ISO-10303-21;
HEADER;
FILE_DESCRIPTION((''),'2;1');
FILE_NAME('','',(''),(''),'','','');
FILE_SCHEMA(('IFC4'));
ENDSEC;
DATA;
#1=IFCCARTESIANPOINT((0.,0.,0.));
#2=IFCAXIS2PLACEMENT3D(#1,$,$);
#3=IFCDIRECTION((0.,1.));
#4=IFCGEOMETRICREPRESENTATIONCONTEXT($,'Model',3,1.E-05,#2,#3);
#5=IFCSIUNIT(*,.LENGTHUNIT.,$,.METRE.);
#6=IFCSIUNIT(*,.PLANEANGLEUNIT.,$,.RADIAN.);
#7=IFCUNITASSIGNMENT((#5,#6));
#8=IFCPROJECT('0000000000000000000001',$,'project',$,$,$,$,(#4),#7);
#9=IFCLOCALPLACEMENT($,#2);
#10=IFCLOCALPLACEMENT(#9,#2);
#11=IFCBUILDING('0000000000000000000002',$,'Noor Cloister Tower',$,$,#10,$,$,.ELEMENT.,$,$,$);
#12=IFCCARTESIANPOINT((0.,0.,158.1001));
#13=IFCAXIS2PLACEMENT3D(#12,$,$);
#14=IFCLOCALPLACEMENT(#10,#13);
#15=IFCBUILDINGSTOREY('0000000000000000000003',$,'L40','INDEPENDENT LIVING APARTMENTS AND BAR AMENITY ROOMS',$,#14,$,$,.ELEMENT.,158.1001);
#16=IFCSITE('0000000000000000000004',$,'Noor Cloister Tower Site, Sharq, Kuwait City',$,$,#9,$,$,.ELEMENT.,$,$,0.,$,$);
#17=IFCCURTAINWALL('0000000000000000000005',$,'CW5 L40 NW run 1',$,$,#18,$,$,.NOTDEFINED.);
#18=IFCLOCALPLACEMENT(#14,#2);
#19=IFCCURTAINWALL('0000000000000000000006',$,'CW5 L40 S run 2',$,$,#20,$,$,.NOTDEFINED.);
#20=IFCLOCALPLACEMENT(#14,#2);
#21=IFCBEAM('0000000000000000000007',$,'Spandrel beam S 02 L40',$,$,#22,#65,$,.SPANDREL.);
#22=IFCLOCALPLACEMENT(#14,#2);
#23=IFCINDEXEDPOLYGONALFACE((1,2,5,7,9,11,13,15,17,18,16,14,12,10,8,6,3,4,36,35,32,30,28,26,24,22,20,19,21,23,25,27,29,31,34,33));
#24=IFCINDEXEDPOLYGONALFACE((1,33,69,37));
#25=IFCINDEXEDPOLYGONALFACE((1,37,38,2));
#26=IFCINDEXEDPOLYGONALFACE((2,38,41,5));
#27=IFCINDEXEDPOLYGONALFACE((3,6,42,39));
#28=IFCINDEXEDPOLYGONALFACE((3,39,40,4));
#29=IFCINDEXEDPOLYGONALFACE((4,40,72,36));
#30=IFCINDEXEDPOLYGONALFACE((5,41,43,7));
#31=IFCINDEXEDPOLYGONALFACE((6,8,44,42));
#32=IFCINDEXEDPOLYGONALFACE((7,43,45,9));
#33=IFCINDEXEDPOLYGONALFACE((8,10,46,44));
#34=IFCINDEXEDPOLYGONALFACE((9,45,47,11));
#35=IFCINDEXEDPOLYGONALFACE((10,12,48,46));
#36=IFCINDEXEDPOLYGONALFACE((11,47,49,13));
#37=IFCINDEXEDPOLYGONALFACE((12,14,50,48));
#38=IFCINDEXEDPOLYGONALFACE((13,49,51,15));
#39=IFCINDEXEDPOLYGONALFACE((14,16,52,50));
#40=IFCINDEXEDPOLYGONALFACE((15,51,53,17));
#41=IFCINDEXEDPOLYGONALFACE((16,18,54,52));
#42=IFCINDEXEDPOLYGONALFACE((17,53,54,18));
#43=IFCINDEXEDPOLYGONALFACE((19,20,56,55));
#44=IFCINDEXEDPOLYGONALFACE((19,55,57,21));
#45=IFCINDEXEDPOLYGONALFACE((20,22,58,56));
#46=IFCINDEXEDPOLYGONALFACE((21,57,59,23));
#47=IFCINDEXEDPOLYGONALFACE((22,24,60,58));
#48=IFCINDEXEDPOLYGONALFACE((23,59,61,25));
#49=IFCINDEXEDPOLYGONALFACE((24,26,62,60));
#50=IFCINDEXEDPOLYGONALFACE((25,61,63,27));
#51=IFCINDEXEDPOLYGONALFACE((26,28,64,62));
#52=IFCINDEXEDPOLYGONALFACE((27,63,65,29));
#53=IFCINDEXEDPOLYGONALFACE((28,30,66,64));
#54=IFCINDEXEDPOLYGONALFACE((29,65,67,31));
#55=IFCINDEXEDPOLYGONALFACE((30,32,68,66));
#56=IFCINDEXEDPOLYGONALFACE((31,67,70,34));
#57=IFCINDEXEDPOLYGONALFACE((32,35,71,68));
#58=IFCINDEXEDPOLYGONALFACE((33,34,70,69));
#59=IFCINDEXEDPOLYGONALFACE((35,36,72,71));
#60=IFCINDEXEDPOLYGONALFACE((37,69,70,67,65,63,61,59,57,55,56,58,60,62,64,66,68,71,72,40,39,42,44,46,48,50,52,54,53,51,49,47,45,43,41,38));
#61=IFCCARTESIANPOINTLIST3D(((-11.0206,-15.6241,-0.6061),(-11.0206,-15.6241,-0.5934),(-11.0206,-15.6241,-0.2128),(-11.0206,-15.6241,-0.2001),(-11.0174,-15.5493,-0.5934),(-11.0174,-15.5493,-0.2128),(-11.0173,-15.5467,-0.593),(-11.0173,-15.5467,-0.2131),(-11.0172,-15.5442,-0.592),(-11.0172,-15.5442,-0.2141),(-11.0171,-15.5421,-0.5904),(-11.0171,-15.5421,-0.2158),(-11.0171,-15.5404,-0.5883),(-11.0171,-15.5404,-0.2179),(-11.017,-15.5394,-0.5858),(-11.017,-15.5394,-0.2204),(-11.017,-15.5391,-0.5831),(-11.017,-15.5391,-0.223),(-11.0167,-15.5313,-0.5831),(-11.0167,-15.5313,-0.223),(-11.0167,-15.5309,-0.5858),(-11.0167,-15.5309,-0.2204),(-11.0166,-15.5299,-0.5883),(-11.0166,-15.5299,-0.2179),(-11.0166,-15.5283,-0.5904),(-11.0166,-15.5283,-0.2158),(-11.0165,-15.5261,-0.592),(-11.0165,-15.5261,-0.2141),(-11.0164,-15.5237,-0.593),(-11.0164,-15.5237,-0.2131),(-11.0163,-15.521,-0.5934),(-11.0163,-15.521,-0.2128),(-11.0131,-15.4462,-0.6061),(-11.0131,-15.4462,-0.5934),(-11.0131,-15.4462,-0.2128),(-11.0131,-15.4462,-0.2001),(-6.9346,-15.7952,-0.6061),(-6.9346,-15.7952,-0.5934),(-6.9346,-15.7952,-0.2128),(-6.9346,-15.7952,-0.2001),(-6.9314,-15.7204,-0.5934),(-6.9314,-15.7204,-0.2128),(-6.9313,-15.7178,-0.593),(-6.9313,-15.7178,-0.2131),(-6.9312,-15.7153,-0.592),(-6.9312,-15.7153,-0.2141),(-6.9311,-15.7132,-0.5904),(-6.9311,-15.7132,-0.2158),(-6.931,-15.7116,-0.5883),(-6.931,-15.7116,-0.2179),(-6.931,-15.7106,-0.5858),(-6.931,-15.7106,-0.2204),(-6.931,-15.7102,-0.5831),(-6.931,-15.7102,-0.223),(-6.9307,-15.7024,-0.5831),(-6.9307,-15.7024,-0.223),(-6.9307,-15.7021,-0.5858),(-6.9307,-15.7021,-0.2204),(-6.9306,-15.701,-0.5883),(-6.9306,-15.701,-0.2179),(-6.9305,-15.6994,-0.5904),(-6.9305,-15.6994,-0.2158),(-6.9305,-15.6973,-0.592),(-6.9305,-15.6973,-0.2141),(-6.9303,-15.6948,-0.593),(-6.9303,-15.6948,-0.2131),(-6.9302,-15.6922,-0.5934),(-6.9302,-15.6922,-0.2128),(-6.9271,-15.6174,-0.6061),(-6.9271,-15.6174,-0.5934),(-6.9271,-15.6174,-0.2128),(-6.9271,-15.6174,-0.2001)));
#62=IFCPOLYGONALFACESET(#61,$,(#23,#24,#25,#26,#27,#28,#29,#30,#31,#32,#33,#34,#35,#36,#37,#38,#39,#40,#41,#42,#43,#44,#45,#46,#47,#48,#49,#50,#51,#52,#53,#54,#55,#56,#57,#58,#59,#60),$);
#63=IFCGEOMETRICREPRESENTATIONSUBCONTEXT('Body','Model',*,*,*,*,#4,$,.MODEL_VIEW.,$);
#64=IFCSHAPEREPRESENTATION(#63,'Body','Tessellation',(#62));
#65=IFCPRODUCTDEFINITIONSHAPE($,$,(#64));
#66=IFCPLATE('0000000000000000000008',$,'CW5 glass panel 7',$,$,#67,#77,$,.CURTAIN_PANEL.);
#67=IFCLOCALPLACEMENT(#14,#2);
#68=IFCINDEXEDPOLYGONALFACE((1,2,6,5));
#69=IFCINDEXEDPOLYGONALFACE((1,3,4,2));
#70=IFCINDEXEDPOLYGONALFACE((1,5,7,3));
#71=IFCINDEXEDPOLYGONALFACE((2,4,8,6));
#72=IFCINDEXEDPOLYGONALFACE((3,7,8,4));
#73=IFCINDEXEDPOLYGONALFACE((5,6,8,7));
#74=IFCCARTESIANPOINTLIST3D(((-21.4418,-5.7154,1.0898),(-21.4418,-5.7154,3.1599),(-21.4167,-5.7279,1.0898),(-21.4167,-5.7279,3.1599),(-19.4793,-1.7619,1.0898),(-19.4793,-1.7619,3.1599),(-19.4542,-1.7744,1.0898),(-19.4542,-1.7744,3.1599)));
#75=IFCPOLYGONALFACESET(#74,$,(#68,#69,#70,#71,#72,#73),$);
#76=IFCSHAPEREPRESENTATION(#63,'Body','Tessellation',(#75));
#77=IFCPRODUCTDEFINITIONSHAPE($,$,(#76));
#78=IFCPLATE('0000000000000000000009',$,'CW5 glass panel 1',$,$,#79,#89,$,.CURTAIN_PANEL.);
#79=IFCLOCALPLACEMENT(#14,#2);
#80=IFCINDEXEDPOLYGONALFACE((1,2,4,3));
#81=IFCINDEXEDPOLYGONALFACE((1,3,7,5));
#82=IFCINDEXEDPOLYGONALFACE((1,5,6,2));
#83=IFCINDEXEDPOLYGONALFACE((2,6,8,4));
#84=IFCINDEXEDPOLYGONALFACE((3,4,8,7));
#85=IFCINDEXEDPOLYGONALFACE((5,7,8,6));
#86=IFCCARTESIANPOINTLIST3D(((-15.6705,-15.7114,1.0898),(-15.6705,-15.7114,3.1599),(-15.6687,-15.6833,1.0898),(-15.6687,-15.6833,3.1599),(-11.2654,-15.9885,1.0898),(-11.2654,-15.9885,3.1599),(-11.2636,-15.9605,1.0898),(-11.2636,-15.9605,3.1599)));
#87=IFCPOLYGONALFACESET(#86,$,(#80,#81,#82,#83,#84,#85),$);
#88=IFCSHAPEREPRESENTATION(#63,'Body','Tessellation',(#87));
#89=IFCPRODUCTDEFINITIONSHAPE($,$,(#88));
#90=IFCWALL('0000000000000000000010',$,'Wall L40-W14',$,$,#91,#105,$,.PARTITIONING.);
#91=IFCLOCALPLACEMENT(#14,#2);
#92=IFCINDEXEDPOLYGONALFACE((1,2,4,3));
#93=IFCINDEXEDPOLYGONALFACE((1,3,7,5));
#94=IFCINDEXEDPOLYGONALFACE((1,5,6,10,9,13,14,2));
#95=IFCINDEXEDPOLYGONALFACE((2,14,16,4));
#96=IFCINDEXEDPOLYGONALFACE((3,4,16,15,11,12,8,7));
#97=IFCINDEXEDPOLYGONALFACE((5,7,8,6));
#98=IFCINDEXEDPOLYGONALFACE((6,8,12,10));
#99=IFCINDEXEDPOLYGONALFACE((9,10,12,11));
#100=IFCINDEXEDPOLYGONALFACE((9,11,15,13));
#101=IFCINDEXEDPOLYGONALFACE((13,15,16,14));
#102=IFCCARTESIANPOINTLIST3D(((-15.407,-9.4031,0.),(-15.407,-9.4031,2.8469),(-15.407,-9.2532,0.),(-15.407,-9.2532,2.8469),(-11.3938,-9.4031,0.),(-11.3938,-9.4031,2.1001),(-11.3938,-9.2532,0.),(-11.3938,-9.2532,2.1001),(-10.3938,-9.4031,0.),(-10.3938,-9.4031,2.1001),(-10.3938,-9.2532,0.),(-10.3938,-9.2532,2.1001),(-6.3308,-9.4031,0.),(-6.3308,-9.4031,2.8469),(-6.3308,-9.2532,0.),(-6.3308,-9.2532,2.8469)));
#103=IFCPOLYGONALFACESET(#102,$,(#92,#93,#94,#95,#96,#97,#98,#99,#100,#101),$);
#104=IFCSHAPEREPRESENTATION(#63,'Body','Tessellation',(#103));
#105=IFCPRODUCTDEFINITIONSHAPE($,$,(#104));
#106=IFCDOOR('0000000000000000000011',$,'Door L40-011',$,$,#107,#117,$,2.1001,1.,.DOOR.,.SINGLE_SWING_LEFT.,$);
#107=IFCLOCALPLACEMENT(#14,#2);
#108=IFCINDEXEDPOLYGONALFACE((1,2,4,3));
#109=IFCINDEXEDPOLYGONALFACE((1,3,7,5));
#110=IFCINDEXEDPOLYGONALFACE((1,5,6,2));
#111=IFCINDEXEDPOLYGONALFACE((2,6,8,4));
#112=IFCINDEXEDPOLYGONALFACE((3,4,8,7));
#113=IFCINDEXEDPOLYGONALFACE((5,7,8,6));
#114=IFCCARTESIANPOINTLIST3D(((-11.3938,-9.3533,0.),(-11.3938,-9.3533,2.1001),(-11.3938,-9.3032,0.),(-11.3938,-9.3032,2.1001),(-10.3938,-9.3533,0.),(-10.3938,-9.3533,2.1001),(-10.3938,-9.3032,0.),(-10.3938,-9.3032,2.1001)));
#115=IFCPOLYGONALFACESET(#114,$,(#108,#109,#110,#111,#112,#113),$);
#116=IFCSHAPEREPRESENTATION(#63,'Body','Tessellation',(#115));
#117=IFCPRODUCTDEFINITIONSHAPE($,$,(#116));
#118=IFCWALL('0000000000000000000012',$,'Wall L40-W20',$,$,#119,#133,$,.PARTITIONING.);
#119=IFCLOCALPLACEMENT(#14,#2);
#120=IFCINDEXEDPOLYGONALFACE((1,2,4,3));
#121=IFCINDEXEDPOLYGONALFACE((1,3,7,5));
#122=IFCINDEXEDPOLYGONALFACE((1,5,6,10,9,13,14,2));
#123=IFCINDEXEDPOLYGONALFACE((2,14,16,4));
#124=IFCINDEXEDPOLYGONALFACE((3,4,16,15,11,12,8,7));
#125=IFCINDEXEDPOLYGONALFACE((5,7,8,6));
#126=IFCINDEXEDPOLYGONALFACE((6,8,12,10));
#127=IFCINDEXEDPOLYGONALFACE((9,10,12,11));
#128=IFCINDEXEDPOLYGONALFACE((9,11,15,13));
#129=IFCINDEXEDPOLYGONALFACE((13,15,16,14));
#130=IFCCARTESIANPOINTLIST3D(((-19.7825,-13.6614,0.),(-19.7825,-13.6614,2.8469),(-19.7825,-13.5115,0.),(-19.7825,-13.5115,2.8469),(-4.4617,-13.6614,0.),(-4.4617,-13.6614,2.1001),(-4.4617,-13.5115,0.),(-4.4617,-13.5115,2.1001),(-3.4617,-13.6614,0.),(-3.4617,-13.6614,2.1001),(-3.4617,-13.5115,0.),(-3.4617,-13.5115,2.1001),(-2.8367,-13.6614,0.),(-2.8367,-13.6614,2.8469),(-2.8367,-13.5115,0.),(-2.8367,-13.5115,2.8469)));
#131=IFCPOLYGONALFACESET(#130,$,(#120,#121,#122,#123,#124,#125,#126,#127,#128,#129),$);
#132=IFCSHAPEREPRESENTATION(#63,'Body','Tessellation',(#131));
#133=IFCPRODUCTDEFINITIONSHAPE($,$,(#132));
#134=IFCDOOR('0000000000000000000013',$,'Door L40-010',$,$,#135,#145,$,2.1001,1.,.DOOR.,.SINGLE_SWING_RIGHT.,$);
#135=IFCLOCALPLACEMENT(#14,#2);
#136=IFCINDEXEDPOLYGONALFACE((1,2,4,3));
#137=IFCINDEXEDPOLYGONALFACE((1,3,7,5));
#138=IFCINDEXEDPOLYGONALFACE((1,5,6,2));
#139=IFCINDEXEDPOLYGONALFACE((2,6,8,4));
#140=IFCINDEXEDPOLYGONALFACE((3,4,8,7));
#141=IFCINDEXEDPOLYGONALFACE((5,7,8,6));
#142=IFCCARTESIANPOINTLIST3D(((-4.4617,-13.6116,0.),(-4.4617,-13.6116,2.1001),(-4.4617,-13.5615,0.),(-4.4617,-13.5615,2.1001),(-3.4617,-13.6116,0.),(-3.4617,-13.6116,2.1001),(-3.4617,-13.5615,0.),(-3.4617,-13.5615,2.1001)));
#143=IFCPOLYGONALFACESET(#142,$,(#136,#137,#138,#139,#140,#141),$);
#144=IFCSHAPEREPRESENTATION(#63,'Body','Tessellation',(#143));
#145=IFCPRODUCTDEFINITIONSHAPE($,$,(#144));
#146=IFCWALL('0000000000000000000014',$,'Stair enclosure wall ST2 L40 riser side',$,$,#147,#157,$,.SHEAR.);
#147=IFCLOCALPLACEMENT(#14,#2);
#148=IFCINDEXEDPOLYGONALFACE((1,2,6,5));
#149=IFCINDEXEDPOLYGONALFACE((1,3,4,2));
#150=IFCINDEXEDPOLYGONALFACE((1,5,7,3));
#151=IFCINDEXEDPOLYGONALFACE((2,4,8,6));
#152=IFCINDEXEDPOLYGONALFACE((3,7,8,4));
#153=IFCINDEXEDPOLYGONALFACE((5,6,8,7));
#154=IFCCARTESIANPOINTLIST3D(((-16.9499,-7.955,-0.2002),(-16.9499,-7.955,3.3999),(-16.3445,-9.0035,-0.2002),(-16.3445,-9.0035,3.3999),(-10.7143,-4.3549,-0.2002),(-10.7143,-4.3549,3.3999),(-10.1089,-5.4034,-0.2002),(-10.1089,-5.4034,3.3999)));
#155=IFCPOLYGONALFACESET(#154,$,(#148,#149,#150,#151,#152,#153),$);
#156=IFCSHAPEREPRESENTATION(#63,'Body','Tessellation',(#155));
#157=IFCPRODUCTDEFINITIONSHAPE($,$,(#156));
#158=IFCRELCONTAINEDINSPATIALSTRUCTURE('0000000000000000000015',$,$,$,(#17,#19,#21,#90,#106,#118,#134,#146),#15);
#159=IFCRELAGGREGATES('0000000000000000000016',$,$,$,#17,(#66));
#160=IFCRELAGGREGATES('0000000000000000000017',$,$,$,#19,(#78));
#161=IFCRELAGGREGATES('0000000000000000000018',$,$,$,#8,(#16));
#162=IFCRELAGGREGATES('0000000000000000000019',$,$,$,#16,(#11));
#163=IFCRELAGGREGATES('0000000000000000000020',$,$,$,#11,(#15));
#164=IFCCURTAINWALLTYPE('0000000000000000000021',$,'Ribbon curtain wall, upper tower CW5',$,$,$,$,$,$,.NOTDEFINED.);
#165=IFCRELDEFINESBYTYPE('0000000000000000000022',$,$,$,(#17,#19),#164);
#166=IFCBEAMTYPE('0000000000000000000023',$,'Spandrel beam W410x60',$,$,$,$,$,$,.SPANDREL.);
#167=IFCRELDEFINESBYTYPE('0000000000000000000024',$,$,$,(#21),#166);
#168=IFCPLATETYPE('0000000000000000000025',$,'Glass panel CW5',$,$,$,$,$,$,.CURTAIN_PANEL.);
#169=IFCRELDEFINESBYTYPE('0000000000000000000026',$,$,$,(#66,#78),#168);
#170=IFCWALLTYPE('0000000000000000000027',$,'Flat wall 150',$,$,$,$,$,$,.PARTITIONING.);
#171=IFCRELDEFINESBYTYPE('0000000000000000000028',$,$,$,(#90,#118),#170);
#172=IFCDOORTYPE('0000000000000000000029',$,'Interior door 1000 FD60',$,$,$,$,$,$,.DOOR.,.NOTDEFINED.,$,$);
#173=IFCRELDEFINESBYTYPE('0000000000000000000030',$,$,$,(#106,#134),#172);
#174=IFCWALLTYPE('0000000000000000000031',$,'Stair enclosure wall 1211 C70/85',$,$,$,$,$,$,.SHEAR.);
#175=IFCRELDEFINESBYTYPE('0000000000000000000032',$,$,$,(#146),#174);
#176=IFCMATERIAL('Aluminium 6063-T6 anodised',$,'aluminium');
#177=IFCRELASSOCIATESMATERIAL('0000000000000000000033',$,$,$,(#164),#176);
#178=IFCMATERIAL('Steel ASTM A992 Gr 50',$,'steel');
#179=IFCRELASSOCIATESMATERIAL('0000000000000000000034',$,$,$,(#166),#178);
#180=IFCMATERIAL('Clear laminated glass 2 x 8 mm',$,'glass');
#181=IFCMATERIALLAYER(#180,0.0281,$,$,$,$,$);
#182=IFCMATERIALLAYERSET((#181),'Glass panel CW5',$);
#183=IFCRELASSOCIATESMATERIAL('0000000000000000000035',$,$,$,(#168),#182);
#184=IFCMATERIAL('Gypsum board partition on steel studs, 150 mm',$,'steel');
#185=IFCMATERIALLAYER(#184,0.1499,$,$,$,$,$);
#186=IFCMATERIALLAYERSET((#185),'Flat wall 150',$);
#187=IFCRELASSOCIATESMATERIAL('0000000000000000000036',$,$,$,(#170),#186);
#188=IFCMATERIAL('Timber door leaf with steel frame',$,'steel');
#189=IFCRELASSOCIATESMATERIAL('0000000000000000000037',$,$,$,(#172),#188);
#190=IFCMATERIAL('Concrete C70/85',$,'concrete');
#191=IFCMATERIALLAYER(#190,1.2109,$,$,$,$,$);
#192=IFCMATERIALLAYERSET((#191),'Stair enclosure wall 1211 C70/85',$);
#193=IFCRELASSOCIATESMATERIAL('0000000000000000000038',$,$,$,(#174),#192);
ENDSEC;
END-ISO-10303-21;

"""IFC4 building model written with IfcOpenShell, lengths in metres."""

from ifc_helpers import new_model, si_unit, direction, frame, frame_2d, origin, origin_2d, place, context, subcontext, project, spatial, rectangle, i_section, extrude, material, layer, layer_set, material_profile, profile_set, type_object, element, fill, aggregate, save


model = new_model("IFC4")

# Units and contexts
model_context = context("Model", 3, precision=1e-05, world=origin(), true_north=direction((0.0, 1.0)))
body_context = subcontext(model_context, "Body", "Model", "MODEL_VIEW")
ifc_project = project(units=[si_unit("LENGTHUNIT", "METRE"), si_unit("PLANEANGLEUNIT", "RADIAN")], contexts=[model_context])

# Site, building, storey
site_placement = place(None, origin())
site = spatial("IfcSite", under=ifc_project, at=site_placement, Name="Noor Cloister Tower Site, Sharq, Kuwait City", CompositionType="ELEMENT", RefElevation=0.0)
building_placement = place(site_placement, origin())
building = spatial("IfcBuilding", under=site, at=building_placement, Name="Noor Cloister Tower", CompositionType="ELEMENT")
storey_placement = place(building_placement, frame((0.0, 0.0, 158.1001)))
storey = spatial("IfcBuildingStorey", under=building, at=storey_placement, Name="L40", Description="INDEPENDENT LIVING APARTMENTS AND BAR AMENITY ROOMS", CompositionType="ELEMENT", Elevation=158.1001)

# Curtain walls
ifc_material_1 = material(Name="Aluminium 6063-T6 anodised", Category="aluminium")
curtain_wall_type = type_object("IfcCurtainWallType", Name="Ribbon curtain wall, upper tower CW5", PredefinedType="NOTDEFINED", material=ifc_material_1)
curtain_wall_1_placement = place(storey_placement, origin())
curtain_wall_1 = element("IfcCurtainWall", 1, at=curtain_wall_1_placement, inside=storey, type_object=curtain_wall_type, Name="CW5 L40 NW run 1", PredefinedType="NOTDEFINED")
curtain_wall_2_placement = place(storey_placement, origin())
curtain_wall_2 = element("IfcCurtainWall", 2, at=curtain_wall_2_placement, inside=storey, type_object=curtain_wall_type, Name="CW5 L40 S run 2", PredefinedType="NOTDEFINED")

# Beam
ifc_material_2 = material(Name="Steel ASTM A992 Gr 50", Category="steel")
ifc_material_profile_1 = material_profile(ifc_material_2, i_section(OverallWidth=0.178, OverallDepth=0.406, WebThickness=0.0078, FlangeThickness=0.0127, FilletRadius=0.0103, at=origin_2d()), Name="W410x60")
ifc_profile_set_1 = profile_set([ifc_material_profile_1], Name="Steel ASTM A992 Gr 50")
beam_type_1 = type_object("IfcBeamType", Name="Spandrel beam W410x60", PredefinedType="SPANDREL", material=ifc_profile_set_1)
beam_1_placement = place(storey_placement, frame((-11.0168, -15.5352, -0.4031), z_axis=(0.999124, -0.041849, 0.0), x_axis=(0.041849, 0.999124, 0.0)))
element("IfcBeam", 3, at=beam_1_placement, inside=storey, type_object=beam_type_1, Name="Spandrel beam S 02 L40", PredefinedType="SPANDREL", context=body_context, shape_type="SweptSolid", body=[
    extrude(i_section(OverallWidth=0.178, OverallDepth=0.406, WebThickness=0.0078, FlangeThickness=0.0127, FilletRadius=0.0103, at=origin_2d()), origin(), (0.0, 0.0, 1.0), 4.0896),
])

# Plates
ifc_material_3 = material(Name="Clear laminated glass 2 x 8 mm", Category="glass")
ifc_layer_1 = layer(ifc_material_3, 0.0281)
ifc_layer_set_1 = layer_set([ifc_layer_1], Name="Glass panel CW5")
plate_type = type_object("IfcPlateType", Name="Glass panel CW5", PredefinedType="CURTAIN_PANEL", material=ifc_layer_set_1)
plate_1_placement = place(storey_placement, frame((-20.448, -3.7449, 1.0898), z_axis=(0.0, 0.0, 1.0), x_axis=(-0.444629, -0.895715, 0.0)))
plate_1 = element("IfcPlate", 4, at=plate_1_placement, type_object=plate_type, Name="CW5 glass panel 7", PredefinedType="CURTAIN_PANEL", context=body_context, shape_type="SweptSolid", body=[
    extrude(rectangle(XDim=4.4138, YDim=0.0281, at=origin_2d()), origin(), (0.0, 0.0, 1.0), 2.0701),
])
aggregate(curtain_wall_1, [plate_1])
plate_2_placement = place(storey_placement, frame((-13.467, -15.8359, 1.0898), z_axis=(0.0, 0.0, 1.0), x_axis=(0.998026, -0.062798, 0.0)))
plate_2 = element("IfcPlate", 5, at=plate_2_placement, type_object=plate_type, Name="CW5 glass panel 1", PredefinedType="CURTAIN_PANEL", context=body_context, shape_type="SweptSolid", body=[
    extrude(rectangle(XDim=4.4138, YDim=0.0281, at=origin_2d()), origin(), (0.0, 0.0, 1.0), 2.0701),
])
aggregate(curtain_wall_2, [plate_2])

# Walls, openings, doors
ifc_material_4 = material(Name="Gypsum board partition on steel studs, 150 mm", Category="steel")
ifc_layer_2 = layer(ifc_material_4, 0.1499)
ifc_layer_set_2 = layer_set([ifc_layer_2], Name="Flat wall 150")
wall_type_1 = type_object("IfcWallType", Name="Flat wall 150", PredefinedType="PARTITIONING", material=ifc_layer_set_2)
wall_1_placement = place(storey_placement, frame((-15.407, -9.3281, 0.0), z_axis=(0.0, 0.0, 1.0), x_axis=(1.0, 0.0, 0.0)))
wall_1 = element("IfcWall", 6, at=wall_1_placement, inside=storey, type_object=wall_type_1, Name="Wall L40-W14", PredefinedType="PARTITIONING", context=body_context, shape_type="SweptSolid", body=[
    extrude(rectangle(XDim=9.0762, YDim=0.1499, at=frame_2d((4.5381, 0.0))), origin(), (0.0, 0.0, 1.0), 2.8469),
])
opening_1_placement = place(wall_1_placement, frame((4.0132, 0.0, 0.0)))
opening_1 = element("IfcOpeningElement", 7, at=opening_1_placement, cuts=wall_1, PredefinedType="OPENING", context=body_context, shape_type="SweptSolid", body=[
    extrude(rectangle(XDim=1.0, YDim=2.1001, at=frame_2d((0.5, 1.05))), frame((0.0, 0.085, 0.0), z_axis=(0.0, -1.0, 0.0), x_axis=(1.0, 0.0, 0.0)), (0.0, 0.0, 1.0), 0.1699),
])
ifc_material_5 = material(Name="Timber door leaf with steel frame", Category="steel")
door_type_1 = type_object("IfcDoorType", Name="Interior door 1000 FD60", OperationType="NOTDEFINED", PredefinedType="DOOR", material=ifc_material_5)
door_1_placement = place(opening_1_placement, origin())
door_1 = element("IfcDoor", 8, at=door_1_placement, inside=storey, type_object=door_type_1, Name="Door L40-011", OperationType="SINGLE_SWING_LEFT", OverallHeight=2.1001, OverallWidth=1.0, PredefinedType="DOOR", context=body_context, shape_type="SweptSolid", body=[
    extrude(rectangle(XDim=1.0, YDim=2.1001, at=frame_2d((0.5, 1.05))), frame((0.0, 0.0249, 0.0), z_axis=(0.0, -1.0, 0.0), x_axis=(1.0, 0.0, 0.0)), (0.0, 0.0, 1.0), 0.05),
])
fill(opening_1, door_1)
wall_2_placement = place(storey_placement, frame((-19.7825, -13.5864, 0.0), z_axis=(0.0, 0.0, 1.0), x_axis=(1.0, 0.0, 0.0)))
wall_2 = element("IfcWall", 9, at=wall_2_placement, inside=storey, type_object=wall_type_1, Name="Wall L40-W20", PredefinedType="PARTITIONING", context=body_context, shape_type="SweptSolid", body=[
    extrude(rectangle(XDim=16.9458, YDim=0.1499, at=frame_2d((8.4729, 0.0))), origin(), (0.0, 0.0, 1.0), 2.8469),
])
opening_2_placement = place(wall_2_placement, frame((15.3208, 0.0, 0.0)))
opening_2 = element("IfcOpeningElement", 10, at=opening_2_placement, cuts=wall_2, PredefinedType="OPENING", context=body_context, shape_type="SweptSolid", body=[
    extrude(rectangle(XDim=1.0, YDim=2.1001, at=frame_2d((0.5, 1.05))), frame((0.0, 0.085, 0.0), z_axis=(0.0, -1.0, 0.0), x_axis=(1.0, 0.0, 0.0)), (0.0, 0.0, 1.0), 0.1699),
])
door_2_placement = place(opening_2_placement, origin())
door_2 = element("IfcDoor", 11, at=door_2_placement, inside=storey, type_object=door_type_1, Name="Door L40-010", OperationType="SINGLE_SWING_RIGHT", OverallHeight=2.1001, OverallWidth=1.0, PredefinedType="DOOR", context=body_context, shape_type="SweptSolid", body=[
    extrude(rectangle(XDim=1.0, YDim=2.1001, at=frame_2d((0.5, 1.05))), frame((0.0, 0.0249, 0.0), z_axis=(0.0, -1.0, 0.0), x_axis=(1.0, 0.0, 0.0)), (0.0, 0.0, 1.0), 0.05),
])
fill(opening_2, door_2)

# Wall
ifc_material_6 = material(Name="Concrete C70/85", Category="concrete")
ifc_layer_3 = layer(ifc_material_6, 1.2109)
ifc_layer_set_3 = layer_set([ifc_layer_3], Name="Stair enclosure wall 1211 C70/85")
wall_type_2 = type_object("IfcWallType", Name="Stair enclosure wall 1211 C70/85", PredefinedType="SHEAR", material=ifc_layer_set_3)
wall_3_placement = place(storey_placement, frame((-10.4116, -4.8792, -0.2002), z_axis=(0.0, 0.0, 1.0), x_axis=(-0.866027, -0.499997, 0.0)))
element("IfcWall", 12, at=wall_3_placement, inside=storey, type_object=wall_type_2, Name="Stair enclosure wall ST2 L40 riser side", PredefinedType="SHEAR", context=body_context, shape_type="SweptSolid", body=[
    extrude(rectangle(XDim=7.2002, YDim=1.2107, at=frame_2d((3.6001, 0.0))), origin(), (0.0, 0.0, 1.0), 3.6001),
])

save(model, "model.ifc")
